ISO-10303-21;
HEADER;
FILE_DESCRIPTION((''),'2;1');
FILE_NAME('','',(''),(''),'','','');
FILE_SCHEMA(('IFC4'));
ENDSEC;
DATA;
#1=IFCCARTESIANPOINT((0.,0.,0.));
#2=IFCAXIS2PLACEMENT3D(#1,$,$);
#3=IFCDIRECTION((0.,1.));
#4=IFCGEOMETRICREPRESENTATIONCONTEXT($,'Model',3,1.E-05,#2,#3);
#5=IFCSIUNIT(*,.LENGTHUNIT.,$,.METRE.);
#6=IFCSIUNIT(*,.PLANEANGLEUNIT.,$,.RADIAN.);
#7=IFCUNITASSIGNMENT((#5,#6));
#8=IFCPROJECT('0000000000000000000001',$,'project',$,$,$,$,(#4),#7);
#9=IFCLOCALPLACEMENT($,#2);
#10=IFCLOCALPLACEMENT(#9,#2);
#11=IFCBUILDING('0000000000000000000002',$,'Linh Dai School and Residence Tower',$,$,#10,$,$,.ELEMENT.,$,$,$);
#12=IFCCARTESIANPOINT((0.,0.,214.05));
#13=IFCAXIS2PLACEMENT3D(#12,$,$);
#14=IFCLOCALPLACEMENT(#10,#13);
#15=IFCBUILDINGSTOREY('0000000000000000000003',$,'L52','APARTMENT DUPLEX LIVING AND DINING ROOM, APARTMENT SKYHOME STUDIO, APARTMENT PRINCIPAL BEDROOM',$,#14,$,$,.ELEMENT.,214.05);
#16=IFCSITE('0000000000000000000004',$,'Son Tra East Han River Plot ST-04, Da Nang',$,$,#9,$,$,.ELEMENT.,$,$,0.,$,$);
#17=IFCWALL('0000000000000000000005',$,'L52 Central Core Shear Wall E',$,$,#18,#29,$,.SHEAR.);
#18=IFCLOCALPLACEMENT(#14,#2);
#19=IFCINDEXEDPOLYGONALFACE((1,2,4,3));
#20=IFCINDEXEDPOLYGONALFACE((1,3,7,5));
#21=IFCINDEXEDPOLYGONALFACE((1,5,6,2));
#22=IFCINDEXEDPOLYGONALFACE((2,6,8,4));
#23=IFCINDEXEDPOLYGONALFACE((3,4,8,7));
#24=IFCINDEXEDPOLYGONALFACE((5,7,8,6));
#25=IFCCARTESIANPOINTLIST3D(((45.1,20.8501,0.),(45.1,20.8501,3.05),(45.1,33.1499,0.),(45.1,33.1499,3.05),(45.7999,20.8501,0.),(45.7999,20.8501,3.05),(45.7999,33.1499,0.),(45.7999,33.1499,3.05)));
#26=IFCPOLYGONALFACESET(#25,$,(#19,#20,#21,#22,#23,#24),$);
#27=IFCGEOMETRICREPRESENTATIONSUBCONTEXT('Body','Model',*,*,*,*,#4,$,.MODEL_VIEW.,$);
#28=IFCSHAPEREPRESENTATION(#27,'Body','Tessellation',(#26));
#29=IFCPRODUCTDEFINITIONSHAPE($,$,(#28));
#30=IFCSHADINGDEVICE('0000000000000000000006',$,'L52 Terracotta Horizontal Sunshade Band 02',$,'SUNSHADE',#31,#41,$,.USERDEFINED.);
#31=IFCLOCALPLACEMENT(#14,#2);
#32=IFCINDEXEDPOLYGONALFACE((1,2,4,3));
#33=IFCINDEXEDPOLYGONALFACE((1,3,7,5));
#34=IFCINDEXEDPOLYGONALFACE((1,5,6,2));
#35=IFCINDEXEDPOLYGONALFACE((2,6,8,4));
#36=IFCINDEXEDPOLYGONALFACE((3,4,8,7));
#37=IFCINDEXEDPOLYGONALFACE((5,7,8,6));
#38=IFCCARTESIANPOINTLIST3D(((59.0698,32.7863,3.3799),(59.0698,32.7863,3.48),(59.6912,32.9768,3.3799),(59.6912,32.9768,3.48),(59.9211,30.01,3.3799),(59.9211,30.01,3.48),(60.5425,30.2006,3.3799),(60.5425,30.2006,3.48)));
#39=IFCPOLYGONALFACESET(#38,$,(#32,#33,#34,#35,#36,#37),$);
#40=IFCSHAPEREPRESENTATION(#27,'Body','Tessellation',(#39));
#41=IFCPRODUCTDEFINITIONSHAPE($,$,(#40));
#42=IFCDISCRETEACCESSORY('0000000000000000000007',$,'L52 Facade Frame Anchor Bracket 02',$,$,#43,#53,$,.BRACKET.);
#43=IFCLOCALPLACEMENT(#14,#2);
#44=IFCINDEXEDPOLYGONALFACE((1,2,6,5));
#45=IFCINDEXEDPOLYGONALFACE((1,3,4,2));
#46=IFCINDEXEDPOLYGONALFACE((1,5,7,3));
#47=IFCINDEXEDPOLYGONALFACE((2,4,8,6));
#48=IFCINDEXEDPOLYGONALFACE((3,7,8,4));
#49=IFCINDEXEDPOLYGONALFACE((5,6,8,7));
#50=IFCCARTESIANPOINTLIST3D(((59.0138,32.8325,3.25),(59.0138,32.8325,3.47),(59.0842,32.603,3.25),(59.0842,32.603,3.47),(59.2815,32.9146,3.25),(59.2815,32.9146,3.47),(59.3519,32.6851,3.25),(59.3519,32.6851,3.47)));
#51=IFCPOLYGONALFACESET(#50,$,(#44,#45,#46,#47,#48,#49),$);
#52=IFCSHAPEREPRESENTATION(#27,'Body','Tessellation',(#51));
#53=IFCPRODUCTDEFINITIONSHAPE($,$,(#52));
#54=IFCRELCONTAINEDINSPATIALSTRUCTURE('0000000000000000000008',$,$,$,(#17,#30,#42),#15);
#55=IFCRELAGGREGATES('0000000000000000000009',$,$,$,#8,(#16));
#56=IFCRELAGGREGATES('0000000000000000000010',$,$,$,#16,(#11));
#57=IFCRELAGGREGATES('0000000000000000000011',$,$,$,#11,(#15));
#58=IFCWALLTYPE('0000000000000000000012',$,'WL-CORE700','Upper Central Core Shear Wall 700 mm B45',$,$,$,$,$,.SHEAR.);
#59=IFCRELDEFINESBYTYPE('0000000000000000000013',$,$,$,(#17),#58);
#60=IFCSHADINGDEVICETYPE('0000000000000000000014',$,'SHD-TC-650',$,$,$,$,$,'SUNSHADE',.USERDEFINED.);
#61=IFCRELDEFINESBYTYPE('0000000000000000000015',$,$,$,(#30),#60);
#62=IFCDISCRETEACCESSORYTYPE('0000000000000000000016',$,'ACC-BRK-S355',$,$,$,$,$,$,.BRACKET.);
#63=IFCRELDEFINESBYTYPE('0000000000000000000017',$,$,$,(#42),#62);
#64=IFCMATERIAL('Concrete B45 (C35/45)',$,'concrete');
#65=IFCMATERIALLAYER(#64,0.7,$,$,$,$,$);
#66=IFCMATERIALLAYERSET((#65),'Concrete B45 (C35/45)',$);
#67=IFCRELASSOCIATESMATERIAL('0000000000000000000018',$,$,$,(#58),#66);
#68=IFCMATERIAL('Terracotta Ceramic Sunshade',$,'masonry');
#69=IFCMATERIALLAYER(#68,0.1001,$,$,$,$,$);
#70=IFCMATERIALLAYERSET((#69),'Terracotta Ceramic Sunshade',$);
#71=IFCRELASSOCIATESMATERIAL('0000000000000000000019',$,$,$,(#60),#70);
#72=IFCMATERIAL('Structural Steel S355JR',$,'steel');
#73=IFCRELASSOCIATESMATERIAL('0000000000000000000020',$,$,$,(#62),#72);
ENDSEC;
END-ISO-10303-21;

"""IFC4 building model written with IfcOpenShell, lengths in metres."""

from ifc_helpers import new_model, si_unit, direction, frame, frame_2d, origin, origin_2d, place, context, subcontext, project, spatial, rectangle, extrude, source, transform, mapped, material, layer, layer_set, type_object, element, save


model = new_model("IFC4")

# Units and contexts
model_context = context("Model", 3, precision=1e-05, world=origin(), true_north=direction((0.0, 1.0)))
body_context = subcontext(model_context, "Body", "Model", "MODEL_VIEW")
ifc_project = project(units=[si_unit("LENGTHUNIT", "METRE"), si_unit("PLANEANGLEUNIT", "RADIAN")], contexts=[model_context])

# Site, building, storey
site_placement = place(None, origin())
site = spatial("IfcSite", under=ifc_project, at=site_placement, Name="Son Tra East Han River Plot ST-04, Da Nang", CompositionType="ELEMENT", RefElevation=0.0)
building_placement = place(site_placement, origin())
building = spatial("IfcBuilding", under=site, at=building_placement, Name="Linh Dai School and Residence Tower", CompositionType="ELEMENT")
storey_placement = place(building_placement, frame((0.0, 0.0, 214.05)))
storey = spatial("IfcBuildingStorey", under=building, at=storey_placement, Name="L52", Description="APARTMENT DUPLEX LIVING AND DINING ROOM, APARTMENT SKYHOME STUDIO, APARTMENT PRINCIPAL BEDROOM", CompositionType="ELEMENT", Elevation=214.05)

# Shared definitions
ifc_material_1 = material(Name="Concrete B45 (C35/45)", Category="concrete")
ifc_material_2 = material(Name="Structural Steel S355JR", Category="steel")

# Wall
ifc_layer_1 = layer(ifc_material_1, 0.7)
ifc_layer_set_1 = layer_set([ifc_layer_1], Name="Concrete B45 (C35/45)")
wall_type_1 = type_object("IfcWallType", Name="WL-CORE700", Description="Upper Central Core Shear Wall 700 mm B45", PredefinedType="SHEAR", material=ifc_layer_set_1)
wall_1_placement = place(storey_placement, frame((45.45, 33.1499, 0.0), z_axis=(0.0, 0.0, 1.0), x_axis=(0.0, -1.0, 0.0)))
element("IfcWall", 1, at=wall_1_placement, inside=storey, type_object=wall_type_1, Name="L52 Central Core Shear Wall E", PredefinedType="SHEAR", context=body_context, shape_type="SweptSolid", body=[
    extrude(rectangle(XDim=12.2998, YDim=0.7, at=frame_2d((6.1499, 0.0))), origin(), (0.0, 0.0, 1.0), 3.05),
])

# Shading device
ifc_material_3 = material(Name="Terracotta Ceramic Sunshade", Category="masonry")
ifc_layer_2 = layer(ifc_material_3, 0.1001)
ifc_layer_set_2 = layer_set([ifc_layer_2], Name="Terracotta Ceramic Sunshade")
shading_device_type = type_object("IfcShadingDeviceType", Name="SHD-TC-650", ElementType="SUNSHADE", PredefinedType="USERDEFINED", material=ifc_layer_set_2)
shared_shape_1 = source(origin(), body_context, "Body", "SweptSolid", [
    extrude(rectangle(XDim=2.9038, YDim=0.6499, at=origin_2d()), origin(), (0.0, 0.0, 1.0), 0.1001),
])
shading_device_placement = place(storey_placement, frame((59.8062, 31.4934, 3.3799), z_axis=(0.0, 0.0, 1.0), x_axis=(0.293157, -0.956064, 0.0)))
element("IfcShadingDevice", 2, at=shading_device_placement, inside=storey, type_object=shading_device_type, Name="L52 Terracotta Horizontal Sunshade Band 02", ObjectType="SUNSHADE", PredefinedType="USERDEFINED", context=body_context, shape_type="MappedRepresentation", body=[
    mapped(shared_shape_1, transform((0.0, 0.0, 0.0), x_axis=(1.0, 0.0, 0.0), y_axis=(0.0, 1.0, 0.0), z_axis=(0.0, 0.0, 1.0), scale=1.0)),
])

# Discrete accessory
discrete_accessory_type = type_object("IfcDiscreteAccessoryType", Name="ACC-BRK-S355", PredefinedType="BRACKET", material=ifc_material_2)
shared_shape_2 = source(origin(), body_context, "Body", "SweptSolid", [
    extrude(rectangle(XDim=0.28, YDim=0.24, at=origin_2d()), origin(), (0.0, 0.0, 1.0), 0.22),
])
discrete_accessory_placement = place(storey_placement, frame((59.1829, 32.7588, 3.25), z_axis=(0.0, 0.0, 1.0), x_axis=(0.956064, 0.293157, 0.0)))
element("IfcDiscreteAccessory", 3, at=discrete_accessory_placement, inside=storey, type_object=discrete_accessory_type, Name="L52 Facade Frame Anchor Bracket 02", PredefinedType="BRACKET", context=body_context, shape_type="MappedRepresentation", body=[
    mapped(shared_shape_2, transform((0.0, 0.0, 0.0), x_axis=(1.0, 0.0, 0.0), y_axis=(0.0, 1.0, 0.0), z_axis=(0.0, 0.0, 1.0), scale=1.0)),
])

save(model, "model.ifc")
